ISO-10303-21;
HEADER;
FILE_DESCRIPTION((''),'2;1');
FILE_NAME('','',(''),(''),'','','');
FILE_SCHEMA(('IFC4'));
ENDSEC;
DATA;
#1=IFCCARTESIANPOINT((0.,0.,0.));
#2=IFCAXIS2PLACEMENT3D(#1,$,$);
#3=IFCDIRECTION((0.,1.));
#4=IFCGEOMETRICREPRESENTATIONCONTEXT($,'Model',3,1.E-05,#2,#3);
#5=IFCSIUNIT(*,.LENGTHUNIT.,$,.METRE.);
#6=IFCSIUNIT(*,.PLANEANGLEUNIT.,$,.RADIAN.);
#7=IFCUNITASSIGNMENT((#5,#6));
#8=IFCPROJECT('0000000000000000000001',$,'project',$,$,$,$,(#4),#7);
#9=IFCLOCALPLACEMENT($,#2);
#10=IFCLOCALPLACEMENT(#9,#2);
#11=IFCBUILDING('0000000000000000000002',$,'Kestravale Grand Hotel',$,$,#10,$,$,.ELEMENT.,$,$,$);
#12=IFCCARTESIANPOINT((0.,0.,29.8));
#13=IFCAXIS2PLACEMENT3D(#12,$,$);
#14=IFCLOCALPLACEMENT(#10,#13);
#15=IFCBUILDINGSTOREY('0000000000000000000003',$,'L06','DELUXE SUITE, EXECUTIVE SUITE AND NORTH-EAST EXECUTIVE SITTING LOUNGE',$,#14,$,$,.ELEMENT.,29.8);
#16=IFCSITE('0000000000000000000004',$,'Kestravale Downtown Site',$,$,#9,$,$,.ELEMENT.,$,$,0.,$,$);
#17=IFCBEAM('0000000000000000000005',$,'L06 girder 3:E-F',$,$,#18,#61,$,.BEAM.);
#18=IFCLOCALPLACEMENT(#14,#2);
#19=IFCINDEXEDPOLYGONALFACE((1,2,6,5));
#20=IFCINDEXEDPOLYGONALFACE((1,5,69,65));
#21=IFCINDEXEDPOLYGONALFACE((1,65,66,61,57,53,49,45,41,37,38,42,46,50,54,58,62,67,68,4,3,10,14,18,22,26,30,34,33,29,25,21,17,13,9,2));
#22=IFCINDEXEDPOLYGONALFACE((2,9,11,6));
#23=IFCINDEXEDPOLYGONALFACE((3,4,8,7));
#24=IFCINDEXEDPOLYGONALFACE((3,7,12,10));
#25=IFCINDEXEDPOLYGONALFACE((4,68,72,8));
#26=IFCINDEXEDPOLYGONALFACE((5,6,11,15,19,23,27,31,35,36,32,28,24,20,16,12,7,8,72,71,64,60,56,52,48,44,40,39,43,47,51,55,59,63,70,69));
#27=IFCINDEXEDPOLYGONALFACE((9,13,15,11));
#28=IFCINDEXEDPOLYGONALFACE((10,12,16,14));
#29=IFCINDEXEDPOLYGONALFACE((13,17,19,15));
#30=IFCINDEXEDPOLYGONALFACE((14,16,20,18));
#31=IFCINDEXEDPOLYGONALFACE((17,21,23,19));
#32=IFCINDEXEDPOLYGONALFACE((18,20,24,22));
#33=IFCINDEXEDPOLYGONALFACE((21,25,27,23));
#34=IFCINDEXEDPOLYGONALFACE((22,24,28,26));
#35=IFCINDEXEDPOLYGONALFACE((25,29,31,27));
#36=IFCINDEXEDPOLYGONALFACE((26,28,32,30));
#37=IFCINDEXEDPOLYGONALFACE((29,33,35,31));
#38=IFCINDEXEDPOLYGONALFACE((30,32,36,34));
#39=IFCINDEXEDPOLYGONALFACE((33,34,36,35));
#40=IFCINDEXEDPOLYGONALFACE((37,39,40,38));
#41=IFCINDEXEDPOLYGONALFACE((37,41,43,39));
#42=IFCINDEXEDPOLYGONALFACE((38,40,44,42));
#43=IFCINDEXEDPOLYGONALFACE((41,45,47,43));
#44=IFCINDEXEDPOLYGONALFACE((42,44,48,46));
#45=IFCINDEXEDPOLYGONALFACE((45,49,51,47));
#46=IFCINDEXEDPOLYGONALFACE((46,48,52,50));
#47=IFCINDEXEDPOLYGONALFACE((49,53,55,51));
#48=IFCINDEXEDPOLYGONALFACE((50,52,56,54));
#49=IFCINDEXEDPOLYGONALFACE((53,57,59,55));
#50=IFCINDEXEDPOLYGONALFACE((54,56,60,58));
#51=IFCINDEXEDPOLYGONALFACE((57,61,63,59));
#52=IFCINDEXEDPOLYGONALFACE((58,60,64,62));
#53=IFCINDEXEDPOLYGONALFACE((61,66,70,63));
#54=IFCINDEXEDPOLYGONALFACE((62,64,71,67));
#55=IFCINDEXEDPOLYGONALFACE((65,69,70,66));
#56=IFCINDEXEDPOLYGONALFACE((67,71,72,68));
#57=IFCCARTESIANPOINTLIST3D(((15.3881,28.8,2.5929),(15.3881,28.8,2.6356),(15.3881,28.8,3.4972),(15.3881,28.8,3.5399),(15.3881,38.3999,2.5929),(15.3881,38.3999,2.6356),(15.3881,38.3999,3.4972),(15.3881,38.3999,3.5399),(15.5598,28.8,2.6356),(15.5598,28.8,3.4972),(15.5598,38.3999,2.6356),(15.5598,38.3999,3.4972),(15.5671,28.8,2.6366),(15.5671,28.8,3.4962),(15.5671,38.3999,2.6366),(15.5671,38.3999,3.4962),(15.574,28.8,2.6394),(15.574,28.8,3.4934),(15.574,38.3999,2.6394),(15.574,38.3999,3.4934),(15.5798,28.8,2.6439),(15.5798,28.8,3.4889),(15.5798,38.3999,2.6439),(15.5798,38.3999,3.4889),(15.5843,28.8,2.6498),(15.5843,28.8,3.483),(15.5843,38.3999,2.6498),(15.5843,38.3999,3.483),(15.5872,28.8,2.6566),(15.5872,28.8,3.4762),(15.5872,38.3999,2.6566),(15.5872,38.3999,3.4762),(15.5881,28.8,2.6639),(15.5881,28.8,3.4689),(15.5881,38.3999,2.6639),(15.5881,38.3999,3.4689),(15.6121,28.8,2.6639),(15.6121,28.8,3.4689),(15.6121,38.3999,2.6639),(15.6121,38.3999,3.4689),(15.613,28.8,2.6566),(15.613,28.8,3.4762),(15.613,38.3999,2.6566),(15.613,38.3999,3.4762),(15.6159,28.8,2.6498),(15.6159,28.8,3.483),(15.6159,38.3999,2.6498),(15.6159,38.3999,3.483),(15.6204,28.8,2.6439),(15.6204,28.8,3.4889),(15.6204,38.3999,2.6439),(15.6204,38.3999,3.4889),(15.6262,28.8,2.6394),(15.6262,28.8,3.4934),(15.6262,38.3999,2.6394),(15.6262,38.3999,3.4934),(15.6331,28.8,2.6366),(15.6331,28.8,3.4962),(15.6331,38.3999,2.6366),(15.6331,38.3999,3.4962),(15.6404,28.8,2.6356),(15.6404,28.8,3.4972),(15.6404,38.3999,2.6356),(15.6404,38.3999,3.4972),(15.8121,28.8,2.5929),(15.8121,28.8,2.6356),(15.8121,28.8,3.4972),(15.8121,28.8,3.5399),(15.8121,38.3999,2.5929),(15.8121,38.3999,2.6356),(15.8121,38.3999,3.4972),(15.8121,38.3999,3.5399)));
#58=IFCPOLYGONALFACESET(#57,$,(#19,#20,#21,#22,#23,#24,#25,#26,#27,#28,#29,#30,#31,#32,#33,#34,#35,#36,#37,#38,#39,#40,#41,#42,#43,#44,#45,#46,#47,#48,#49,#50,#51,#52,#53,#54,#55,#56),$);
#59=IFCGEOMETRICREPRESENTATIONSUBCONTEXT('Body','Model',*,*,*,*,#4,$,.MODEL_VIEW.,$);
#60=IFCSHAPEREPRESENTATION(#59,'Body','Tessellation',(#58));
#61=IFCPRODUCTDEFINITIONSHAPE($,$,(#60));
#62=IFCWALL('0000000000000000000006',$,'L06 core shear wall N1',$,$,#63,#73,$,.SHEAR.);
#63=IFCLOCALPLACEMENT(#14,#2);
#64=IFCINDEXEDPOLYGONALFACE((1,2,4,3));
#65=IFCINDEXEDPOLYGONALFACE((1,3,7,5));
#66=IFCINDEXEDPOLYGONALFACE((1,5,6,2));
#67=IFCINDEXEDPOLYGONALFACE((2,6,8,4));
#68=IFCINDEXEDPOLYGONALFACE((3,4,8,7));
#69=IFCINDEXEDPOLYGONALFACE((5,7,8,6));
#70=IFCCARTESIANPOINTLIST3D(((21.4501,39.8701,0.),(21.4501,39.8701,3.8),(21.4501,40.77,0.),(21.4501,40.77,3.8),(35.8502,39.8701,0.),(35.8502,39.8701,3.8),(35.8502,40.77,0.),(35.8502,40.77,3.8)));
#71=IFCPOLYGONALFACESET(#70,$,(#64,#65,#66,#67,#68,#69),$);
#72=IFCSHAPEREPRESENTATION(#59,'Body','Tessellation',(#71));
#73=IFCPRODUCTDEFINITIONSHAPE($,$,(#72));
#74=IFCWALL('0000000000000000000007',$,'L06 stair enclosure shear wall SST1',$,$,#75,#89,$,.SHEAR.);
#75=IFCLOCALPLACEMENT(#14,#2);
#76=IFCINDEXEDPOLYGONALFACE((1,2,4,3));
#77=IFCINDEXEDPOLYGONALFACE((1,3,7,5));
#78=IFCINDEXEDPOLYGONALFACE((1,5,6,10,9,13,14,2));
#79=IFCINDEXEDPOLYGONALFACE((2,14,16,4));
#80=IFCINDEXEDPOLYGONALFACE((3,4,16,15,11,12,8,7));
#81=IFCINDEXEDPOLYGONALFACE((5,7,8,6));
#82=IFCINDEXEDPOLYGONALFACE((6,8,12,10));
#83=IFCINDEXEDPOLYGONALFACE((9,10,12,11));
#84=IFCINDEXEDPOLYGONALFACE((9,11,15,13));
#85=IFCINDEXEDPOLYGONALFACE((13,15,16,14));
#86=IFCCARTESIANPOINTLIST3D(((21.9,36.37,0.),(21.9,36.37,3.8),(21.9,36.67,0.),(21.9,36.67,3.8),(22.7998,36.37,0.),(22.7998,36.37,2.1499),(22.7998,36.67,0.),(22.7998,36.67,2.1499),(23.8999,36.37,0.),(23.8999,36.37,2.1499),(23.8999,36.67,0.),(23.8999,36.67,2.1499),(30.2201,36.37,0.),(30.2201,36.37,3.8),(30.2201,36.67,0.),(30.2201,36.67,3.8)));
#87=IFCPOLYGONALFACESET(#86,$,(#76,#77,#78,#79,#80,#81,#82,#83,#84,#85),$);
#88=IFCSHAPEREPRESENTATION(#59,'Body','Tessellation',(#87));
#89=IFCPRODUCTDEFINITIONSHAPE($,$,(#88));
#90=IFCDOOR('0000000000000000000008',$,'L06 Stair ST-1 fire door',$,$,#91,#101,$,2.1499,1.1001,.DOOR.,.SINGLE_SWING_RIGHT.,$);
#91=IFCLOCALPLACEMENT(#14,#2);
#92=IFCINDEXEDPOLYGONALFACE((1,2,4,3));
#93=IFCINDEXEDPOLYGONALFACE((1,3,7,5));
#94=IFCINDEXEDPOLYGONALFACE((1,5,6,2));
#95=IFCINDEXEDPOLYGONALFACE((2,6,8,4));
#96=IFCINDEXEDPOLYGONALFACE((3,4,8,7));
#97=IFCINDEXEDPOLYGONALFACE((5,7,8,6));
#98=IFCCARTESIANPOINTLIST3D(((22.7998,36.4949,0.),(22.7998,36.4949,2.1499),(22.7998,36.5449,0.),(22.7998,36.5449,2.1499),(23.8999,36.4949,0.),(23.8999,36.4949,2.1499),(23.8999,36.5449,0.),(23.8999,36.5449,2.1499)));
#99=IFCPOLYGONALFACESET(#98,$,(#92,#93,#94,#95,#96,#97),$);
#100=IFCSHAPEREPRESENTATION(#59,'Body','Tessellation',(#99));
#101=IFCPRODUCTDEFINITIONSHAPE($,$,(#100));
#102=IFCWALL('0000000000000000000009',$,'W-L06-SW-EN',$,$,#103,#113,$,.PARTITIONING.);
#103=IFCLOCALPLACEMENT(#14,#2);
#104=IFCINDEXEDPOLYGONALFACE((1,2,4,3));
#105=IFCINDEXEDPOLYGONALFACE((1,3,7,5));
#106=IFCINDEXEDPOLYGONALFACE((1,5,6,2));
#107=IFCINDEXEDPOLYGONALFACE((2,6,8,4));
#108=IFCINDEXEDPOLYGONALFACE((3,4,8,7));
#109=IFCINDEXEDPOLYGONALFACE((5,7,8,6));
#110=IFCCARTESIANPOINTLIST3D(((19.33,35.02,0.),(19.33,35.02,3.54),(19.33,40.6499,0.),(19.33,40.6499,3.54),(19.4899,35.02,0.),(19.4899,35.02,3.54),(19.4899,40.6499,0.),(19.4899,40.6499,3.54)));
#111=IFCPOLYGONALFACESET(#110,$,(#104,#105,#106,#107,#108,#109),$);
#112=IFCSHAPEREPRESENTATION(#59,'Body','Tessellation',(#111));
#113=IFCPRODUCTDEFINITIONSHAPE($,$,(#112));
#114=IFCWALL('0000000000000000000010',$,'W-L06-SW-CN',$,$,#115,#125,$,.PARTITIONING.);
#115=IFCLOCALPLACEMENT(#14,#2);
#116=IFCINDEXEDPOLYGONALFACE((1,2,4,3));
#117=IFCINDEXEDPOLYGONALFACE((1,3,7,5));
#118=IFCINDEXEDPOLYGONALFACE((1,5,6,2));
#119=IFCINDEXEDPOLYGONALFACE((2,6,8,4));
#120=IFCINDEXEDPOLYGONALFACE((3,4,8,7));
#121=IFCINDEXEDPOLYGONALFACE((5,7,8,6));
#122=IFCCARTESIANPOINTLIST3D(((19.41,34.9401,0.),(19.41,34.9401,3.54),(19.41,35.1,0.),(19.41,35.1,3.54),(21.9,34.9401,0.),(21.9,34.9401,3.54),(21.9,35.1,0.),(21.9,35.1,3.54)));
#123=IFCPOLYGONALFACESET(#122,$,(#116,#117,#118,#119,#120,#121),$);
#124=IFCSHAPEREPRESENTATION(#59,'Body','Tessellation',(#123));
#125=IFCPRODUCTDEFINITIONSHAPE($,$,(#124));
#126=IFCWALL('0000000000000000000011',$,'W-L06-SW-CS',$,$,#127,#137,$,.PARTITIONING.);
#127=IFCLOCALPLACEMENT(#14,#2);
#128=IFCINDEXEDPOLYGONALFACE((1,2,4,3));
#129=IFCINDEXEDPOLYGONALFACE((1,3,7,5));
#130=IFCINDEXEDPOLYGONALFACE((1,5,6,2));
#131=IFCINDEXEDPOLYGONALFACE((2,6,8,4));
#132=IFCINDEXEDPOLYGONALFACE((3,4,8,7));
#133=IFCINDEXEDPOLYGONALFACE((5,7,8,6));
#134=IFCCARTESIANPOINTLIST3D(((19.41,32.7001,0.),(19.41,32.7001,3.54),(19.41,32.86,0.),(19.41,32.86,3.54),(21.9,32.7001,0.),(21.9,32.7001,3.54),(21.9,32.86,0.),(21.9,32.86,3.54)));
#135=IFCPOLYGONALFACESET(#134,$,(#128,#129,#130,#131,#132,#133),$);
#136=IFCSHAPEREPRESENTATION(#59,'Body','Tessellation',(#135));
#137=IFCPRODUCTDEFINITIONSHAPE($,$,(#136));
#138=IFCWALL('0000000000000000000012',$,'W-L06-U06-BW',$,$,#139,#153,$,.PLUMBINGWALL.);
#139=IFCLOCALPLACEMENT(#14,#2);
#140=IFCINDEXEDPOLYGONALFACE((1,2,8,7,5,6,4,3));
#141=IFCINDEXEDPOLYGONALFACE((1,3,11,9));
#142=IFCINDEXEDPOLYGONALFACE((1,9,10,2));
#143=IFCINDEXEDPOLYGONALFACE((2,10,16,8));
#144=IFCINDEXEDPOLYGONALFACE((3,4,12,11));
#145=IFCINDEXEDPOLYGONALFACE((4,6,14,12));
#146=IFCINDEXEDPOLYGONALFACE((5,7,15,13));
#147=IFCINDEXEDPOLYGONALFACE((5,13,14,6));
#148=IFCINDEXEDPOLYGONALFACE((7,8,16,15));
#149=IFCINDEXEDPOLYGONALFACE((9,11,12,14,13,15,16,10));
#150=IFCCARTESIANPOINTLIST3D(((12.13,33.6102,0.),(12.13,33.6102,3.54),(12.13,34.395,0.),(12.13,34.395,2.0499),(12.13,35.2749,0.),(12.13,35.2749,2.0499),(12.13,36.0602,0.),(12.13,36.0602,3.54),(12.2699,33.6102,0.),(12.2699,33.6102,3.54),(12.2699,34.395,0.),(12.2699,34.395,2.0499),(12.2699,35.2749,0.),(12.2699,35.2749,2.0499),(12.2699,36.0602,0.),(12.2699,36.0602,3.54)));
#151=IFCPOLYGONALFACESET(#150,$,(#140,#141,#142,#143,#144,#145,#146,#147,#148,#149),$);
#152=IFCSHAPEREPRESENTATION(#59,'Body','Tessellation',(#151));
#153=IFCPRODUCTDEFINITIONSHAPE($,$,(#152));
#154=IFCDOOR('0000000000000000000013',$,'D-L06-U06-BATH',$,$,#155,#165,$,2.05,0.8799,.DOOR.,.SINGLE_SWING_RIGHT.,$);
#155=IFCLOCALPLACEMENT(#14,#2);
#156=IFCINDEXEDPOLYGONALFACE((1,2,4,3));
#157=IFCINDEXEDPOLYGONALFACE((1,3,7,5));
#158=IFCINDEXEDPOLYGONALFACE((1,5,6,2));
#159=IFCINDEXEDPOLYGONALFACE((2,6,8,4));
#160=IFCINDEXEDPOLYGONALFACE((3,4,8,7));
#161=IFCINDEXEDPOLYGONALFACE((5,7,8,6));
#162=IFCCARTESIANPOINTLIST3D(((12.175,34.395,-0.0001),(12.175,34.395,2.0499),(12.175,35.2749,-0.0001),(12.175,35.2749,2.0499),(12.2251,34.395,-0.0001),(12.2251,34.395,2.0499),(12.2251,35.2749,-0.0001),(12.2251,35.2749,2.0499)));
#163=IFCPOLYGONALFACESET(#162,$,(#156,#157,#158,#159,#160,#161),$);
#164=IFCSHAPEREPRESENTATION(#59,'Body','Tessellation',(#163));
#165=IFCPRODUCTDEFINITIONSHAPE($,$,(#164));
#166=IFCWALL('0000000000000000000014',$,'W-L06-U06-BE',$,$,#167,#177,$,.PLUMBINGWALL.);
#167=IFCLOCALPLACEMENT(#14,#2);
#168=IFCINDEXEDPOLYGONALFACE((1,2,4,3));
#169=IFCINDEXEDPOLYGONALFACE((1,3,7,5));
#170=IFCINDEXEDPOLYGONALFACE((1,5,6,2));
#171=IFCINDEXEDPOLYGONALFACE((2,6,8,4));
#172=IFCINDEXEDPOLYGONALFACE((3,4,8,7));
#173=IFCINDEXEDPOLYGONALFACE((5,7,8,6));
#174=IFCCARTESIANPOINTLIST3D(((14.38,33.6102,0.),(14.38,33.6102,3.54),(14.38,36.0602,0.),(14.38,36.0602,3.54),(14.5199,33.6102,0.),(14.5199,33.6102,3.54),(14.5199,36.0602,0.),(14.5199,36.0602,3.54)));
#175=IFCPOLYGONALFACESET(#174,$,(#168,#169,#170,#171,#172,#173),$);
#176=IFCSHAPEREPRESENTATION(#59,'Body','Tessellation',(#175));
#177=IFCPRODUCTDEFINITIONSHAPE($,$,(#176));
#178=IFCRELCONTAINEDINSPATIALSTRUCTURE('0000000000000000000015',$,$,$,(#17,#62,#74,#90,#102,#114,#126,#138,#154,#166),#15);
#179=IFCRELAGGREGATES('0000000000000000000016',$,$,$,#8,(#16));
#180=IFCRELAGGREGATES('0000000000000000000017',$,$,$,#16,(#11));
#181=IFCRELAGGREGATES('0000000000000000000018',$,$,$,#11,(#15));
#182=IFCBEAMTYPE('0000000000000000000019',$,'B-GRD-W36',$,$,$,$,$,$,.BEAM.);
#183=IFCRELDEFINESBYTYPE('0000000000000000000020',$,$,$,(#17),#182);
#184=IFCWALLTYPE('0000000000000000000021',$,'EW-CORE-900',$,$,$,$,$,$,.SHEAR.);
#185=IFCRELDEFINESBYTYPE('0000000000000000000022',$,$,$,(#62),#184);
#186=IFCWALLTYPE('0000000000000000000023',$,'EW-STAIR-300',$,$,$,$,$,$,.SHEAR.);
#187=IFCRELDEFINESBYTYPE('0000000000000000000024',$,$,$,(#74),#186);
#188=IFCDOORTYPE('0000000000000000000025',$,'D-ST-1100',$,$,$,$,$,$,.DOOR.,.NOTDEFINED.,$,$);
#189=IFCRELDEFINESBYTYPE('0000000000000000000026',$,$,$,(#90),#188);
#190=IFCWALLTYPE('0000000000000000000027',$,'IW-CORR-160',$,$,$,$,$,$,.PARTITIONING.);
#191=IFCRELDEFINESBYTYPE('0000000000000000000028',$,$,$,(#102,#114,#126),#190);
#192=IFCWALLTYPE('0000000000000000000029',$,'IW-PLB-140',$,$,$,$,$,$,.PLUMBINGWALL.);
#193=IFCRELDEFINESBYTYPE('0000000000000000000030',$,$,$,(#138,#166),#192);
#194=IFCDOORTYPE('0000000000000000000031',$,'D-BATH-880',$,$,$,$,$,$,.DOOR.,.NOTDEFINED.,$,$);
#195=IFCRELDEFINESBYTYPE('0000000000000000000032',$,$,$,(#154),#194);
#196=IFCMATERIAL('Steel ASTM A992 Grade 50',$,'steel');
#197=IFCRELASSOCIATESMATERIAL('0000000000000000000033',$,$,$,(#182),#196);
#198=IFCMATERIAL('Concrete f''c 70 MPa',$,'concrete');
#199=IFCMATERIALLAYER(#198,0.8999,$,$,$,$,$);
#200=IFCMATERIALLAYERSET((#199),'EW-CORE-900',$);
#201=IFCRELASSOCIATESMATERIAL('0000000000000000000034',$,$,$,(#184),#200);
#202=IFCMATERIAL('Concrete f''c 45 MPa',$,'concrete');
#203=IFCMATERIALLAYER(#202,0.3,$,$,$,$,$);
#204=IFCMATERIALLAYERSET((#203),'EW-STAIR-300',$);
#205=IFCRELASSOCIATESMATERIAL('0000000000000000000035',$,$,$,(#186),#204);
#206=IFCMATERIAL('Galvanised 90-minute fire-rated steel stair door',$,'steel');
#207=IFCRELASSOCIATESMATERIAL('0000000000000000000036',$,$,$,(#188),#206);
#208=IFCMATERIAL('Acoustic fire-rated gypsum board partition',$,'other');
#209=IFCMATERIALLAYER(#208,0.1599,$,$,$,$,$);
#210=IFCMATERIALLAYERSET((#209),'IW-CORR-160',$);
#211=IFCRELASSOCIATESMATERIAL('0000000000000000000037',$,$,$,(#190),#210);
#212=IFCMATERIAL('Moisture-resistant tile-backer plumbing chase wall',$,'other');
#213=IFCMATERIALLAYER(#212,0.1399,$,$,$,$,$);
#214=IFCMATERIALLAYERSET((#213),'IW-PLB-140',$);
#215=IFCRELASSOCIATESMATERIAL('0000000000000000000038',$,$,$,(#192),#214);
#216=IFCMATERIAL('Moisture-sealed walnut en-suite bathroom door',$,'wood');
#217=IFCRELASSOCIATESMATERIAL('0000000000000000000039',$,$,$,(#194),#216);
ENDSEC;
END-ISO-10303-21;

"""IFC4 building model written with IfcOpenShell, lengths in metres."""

from ifc_helpers import new_model, si_unit, direction, frame, frame_2d, origin, origin_2d, place, context, subcontext, project, spatial, rectangle, i_section, extrude, material, layer, layer_set, material_profile, profile_set, type_object, element, fill, save


model = new_model("IFC4")

# Units and contexts
model_context = context("Model", 3, precision=1e-05, world=origin(), true_north=direction((0.0, 1.0)))
body_context = subcontext(model_context, "Body", "Model", "MODEL_VIEW")
ifc_project = project(units=[si_unit("LENGTHUNIT", "METRE"), si_unit("PLANEANGLEUNIT", "RADIAN")], contexts=[model_context])

# Site, building, storey
site_placement = place(None, origin())
site = spatial("IfcSite", under=ifc_project, at=site_placement, Name="Kestravale Downtown Site", CompositionType="ELEMENT", RefElevation=0.0)
building_placement = place(site_placement, origin())
building = spatial("IfcBuilding", under=site, at=building_placement, Name="Kestravale Grand Hotel", CompositionType="ELEMENT")
storey_placement = place(building_placement, frame((0.0, 0.0, 29.8)))
storey = spatial("IfcBuildingStorey", under=building, at=storey_placement, Name="L06", Description="DELUXE SUITE, EXECUTIVE SUITE AND NORTH-EAST EXECUTIVE SITTING LOUNGE", CompositionType="ELEMENT", Elevation=29.8)

# Beam
ifc_material_1 = material(Name="Steel ASTM A992 Grade 50", Category="steel")
ifc_material_profile_1 = material_profile(ifc_material_1, i_section(OverallWidth=0.4241, OverallDepth=0.947, WebThickness=0.0239, FlangeThickness=0.0427, FilletRadius=0.0283, at=origin_2d()))
ifc_profile_set_1 = profile_set([ifc_material_profile_1], Name="Steel ASTM A992 Grade 50")
beam_type_1 = type_object("IfcBeamType", Name="B-GRD-W36", PredefinedType="BEAM", material=ifc_profile_set_1)
beam_1_placement = place(storey_placement, frame((15.6001, 28.8, 3.0664), z_axis=(0.0, 1.0, 0.0), x_axis=(-1.0, 0.0, 0.0)))
element("IfcBeam", 1, at=beam_1_placement, inside=storey, type_object=beam_type_1, Name="L06 girder 3:E-F", PredefinedType="BEAM", context=body_context, shape_type="SweptSolid", body=[
    extrude(i_section(OverallWidth=0.4241, OverallDepth=0.947, WebThickness=0.0239, FlangeThickness=0.0427, FilletRadius=0.0283, at=origin_2d()), origin(), (0.0, 0.0, 1.0), 9.5999),
])

# Wall
ifc_material_2 = material(Name="Concrete f'c 70 MPa", Category="concrete")
ifc_layer_1 = layer(ifc_material_2, 0.8999)
ifc_layer_set_1 = layer_set([ifc_layer_1], Name="EW-CORE-900")
wall_type_1 = type_object("IfcWallType", Name="EW-CORE-900", PredefinedType="SHEAR", material=ifc_layer_set_1)
wall_1_placement = place(storey_placement, frame((21.45, 40.3201, 0.0), z_axis=(0.0, 0.0, 1.0), x_axis=(1.0, 0.0, 0.0)))
element("IfcWall", 2, at=wall_1_placement, inside=storey, type_object=wall_type_1, Name="L06 core shear wall N1", PredefinedType="SHEAR", context=body_context, shape_type="SweptSolid", body=[
    extrude(rectangle(XDim=14.4001, YDim=0.8999, at=frame_2d((7.2002, 0.0))), origin(), (0.0, 0.0, 1.0), 3.8),
])

# Wall, opening, door
ifc_material_3 = material(Name="Concrete f'c 45 MPa", Category="concrete")
ifc_layer_2 = layer(ifc_material_3, 0.3)
ifc_layer_set_2 = layer_set([ifc_layer_2], Name="EW-STAIR-300")
wall_type_2 = type_object("IfcWallType", Name="EW-STAIR-300", PredefinedType="SHEAR", material=ifc_layer_set_2)
wall_2_placement = place(storey_placement, frame((21.8999, 36.52, 0.0), z_axis=(0.0, 0.0, 1.0), x_axis=(1.0, 0.0, 0.0)))
wall_2 = element("IfcWall", 3, at=wall_2_placement, inside=storey, type_object=wall_type_2, Name="L06 stair enclosure shear wall SST1", PredefinedType="SHEAR", context=body_context, shape_type="SweptSolid", body=[
    extrude(rectangle(XDim=8.3201, YDim=0.3, at=frame_2d((4.1602, 0.0))), origin(), (0.0, 0.0, 1.0), 3.8),
])
opening_1_placement = place(wall_2_placement, frame((0.8999, 0.0, 0.0)))
opening_1 = element("IfcOpeningElement", 4, at=opening_1_placement, cuts=wall_2, PredefinedType="OPENING", context=body_context, shape_type="SweptSolid", body=[
    extrude(rectangle(XDim=1.1001, YDim=2.1499, at=frame_2d((0.55, 1.075))), frame((0.0, 0.1599, 0.0), z_axis=(0.0, -1.0, 0.0), x_axis=(1.0, 0.0, 0.0)), (0.0, 0.0, 1.0), 0.3201),
])
ifc_material_4 = material(Name="Galvanised 90-minute fire-rated steel stair door", Category="steel")
door_type_1 = type_object("IfcDoorType", Name="D-ST-1100", OperationType="NOTDEFINED", PredefinedType="DOOR", material=ifc_material_4)
door_1_placement = place(opening_1_placement, origin())
door_1 = element("IfcDoor", 5, at=door_1_placement, inside=storey, type_object=door_type_1, Name="L06 Stair ST-1 fire door", OperationType="SINGLE_SWING_RIGHT", OverallHeight=2.1499, OverallWidth=1.1001, PredefinedType="DOOR", context=body_context, shape_type="SweptSolid", body=[
    extrude(rectangle(XDim=1.1001, YDim=2.1499, at=frame_2d((0.55, 1.075))), frame((0.0, 0.0249, 0.0), z_axis=(0.0, -1.0, 0.0), x_axis=(1.0, 0.0, 0.0)), (0.0, 0.0, 1.0), 0.05),
])
fill(opening_1, door_1)

# Walls
ifc_material_5 = material(Name="Acoustic fire-rated gypsum board partition", Category="other")
ifc_layer_3 = layer(ifc_material_5, 0.1599)
ifc_layer_set_3 = layer_set([ifc_layer_3], Name="IW-CORR-160")
wall_type_3 = type_object("IfcWallType", Name="IW-CORR-160", PredefinedType="PARTITIONING", material=ifc_layer_set_3)
wall_3_placement = place(storey_placement, frame((19.4099, 35.02, 0.0), z_axis=(0.0, 0.0, 1.0), x_axis=(0.0, 1.0, 0.0)))
element("IfcWall", 6, at=wall_3_placement, inside=storey, type_object=wall_type_3, Name="W-L06-SW-EN", PredefinedType="PARTITIONING", context=body_context, shape_type="SweptSolid", body=[
    extrude(rectangle(XDim=5.6299, YDim=0.1599, at=frame_2d((2.8149, 0.0))), origin(), (0.0, 0.0, 1.0), 3.54),
])
for number, where, z_axis, x_axis, name in (
    (7, (19.4099, 35.02, 0.0), (0.0, 0.0, 1.0), (1.0, 0.0, 0.0), "W-L06-SW-CN"),
    (8, (19.4099, 32.78, 0.0), (0.0, 0.0, 1.0), (1.0, 0.0, 0.0), "W-L06-SW-CS"),
):
    element("IfcWall", number, at=place(storey_placement, frame(where, z_axis=z_axis, x_axis=x_axis)), inside=storey, type_object=wall_type_3, Name=name, PredefinedType="PARTITIONING", context=body_context, shape_type="SweptSolid", body=[
        extrude(rectangle(XDim=2.49, YDim=0.1599, at=frame_2d((1.2451, 0.0))), origin(), (0.0, 0.0, 1.0), 3.54),
    ])

# Wall, opening, door
ifc_material_6 = material(Name="Moisture-resistant tile-backer plumbing chase wall", Category="other")
ifc_layer_4 = layer(ifc_material_6, 0.1399)
ifc_layer_set_4 = layer_set([ifc_layer_4], Name="IW-PLB-140")
wall_type_4 = type_object("IfcWallType", Name="IW-PLB-140", PredefinedType="PLUMBINGWALL", material=ifc_layer_set_4)
wall_4_placement = place(storey_placement, frame((12.2, 33.6101, 0.0), z_axis=(0.0, 0.0, 1.0), x_axis=(0.0, 1.0, 0.0)))
wall_4 = element("IfcWall", 9, at=wall_4_placement, inside=storey, type_object=wall_type_4, Name="W-L06-U06-BW", PredefinedType="PLUMBINGWALL", context=body_context, shape_type="SweptSolid", body=[
    extrude(rectangle(XDim=2.45, YDim=0.1399, at=frame_2d((1.2251, 0.0))), origin(), (0.0, 0.0, 1.0), 3.54),
])
opening_2_placement = place(wall_4_placement, frame((0.7849, 0.0, 0.0)))
opening_2 = element("IfcOpeningElement", 10, at=opening_2_placement, cuts=wall_4, PredefinedType="OPENING", context=body_context, shape_type="SweptSolid", body=[
    extrude(rectangle(XDim=0.8799, YDim=2.05, at=frame_2d((0.4399, 1.0249))), frame((0.0, 0.0798, 0.0), z_axis=(0.0, -1.0, 0.0), x_axis=(1.0, 0.0, 0.0)), (0.0, 0.0, 1.0), 0.1599),
])
ifc_material_7 = material(Name="Moisture-sealed walnut en-suite bathroom door", Category="wood")
door_type_2 = type_object("IfcDoorType", Name="D-BATH-880", OperationType="NOTDEFINED", PredefinedType="DOOR", material=ifc_material_7)
door_2_placement = place(opening_2_placement, origin())
door_2 = element("IfcDoor", 11, at=door_2_placement, inside=storey, type_object=door_type_2, Name="D-L06-U06-BATH", OperationType="SINGLE_SWING_RIGHT", OverallHeight=2.05, OverallWidth=0.8799, PredefinedType="DOOR", context=body_context, shape_type="SweptSolid", body=[
    extrude(rectangle(XDim=0.8799, YDim=2.05, at=frame_2d((0.4399, 1.0249))), frame((0.0, 0.0249, 0.0), z_axis=(0.0, -1.0, 0.0), x_axis=(1.0, 0.0, 0.0)), (0.0, 0.0, 1.0), 0.05),
])
fill(opening_2, door_2)

# Wall
wall_5_placement = place(storey_placement, frame((14.45, 33.6101, 0.0), z_axis=(0.0, 0.0, 1.0), x_axis=(0.0, 1.0, 0.0)))
element("IfcWall", 12, at=wall_5_placement, inside=storey, type_object=wall_type_4, Name="W-L06-U06-BE", PredefinedType="PLUMBINGWALL", context=body_context, shape_type="SweptSolid", body=[
    extrude(rectangle(XDim=2.45, YDim=0.1399, at=frame_2d((1.2251, 0.0))), origin(), (0.0, 0.0, 1.0), 3.54),
])

save(model, "model.ifc")
